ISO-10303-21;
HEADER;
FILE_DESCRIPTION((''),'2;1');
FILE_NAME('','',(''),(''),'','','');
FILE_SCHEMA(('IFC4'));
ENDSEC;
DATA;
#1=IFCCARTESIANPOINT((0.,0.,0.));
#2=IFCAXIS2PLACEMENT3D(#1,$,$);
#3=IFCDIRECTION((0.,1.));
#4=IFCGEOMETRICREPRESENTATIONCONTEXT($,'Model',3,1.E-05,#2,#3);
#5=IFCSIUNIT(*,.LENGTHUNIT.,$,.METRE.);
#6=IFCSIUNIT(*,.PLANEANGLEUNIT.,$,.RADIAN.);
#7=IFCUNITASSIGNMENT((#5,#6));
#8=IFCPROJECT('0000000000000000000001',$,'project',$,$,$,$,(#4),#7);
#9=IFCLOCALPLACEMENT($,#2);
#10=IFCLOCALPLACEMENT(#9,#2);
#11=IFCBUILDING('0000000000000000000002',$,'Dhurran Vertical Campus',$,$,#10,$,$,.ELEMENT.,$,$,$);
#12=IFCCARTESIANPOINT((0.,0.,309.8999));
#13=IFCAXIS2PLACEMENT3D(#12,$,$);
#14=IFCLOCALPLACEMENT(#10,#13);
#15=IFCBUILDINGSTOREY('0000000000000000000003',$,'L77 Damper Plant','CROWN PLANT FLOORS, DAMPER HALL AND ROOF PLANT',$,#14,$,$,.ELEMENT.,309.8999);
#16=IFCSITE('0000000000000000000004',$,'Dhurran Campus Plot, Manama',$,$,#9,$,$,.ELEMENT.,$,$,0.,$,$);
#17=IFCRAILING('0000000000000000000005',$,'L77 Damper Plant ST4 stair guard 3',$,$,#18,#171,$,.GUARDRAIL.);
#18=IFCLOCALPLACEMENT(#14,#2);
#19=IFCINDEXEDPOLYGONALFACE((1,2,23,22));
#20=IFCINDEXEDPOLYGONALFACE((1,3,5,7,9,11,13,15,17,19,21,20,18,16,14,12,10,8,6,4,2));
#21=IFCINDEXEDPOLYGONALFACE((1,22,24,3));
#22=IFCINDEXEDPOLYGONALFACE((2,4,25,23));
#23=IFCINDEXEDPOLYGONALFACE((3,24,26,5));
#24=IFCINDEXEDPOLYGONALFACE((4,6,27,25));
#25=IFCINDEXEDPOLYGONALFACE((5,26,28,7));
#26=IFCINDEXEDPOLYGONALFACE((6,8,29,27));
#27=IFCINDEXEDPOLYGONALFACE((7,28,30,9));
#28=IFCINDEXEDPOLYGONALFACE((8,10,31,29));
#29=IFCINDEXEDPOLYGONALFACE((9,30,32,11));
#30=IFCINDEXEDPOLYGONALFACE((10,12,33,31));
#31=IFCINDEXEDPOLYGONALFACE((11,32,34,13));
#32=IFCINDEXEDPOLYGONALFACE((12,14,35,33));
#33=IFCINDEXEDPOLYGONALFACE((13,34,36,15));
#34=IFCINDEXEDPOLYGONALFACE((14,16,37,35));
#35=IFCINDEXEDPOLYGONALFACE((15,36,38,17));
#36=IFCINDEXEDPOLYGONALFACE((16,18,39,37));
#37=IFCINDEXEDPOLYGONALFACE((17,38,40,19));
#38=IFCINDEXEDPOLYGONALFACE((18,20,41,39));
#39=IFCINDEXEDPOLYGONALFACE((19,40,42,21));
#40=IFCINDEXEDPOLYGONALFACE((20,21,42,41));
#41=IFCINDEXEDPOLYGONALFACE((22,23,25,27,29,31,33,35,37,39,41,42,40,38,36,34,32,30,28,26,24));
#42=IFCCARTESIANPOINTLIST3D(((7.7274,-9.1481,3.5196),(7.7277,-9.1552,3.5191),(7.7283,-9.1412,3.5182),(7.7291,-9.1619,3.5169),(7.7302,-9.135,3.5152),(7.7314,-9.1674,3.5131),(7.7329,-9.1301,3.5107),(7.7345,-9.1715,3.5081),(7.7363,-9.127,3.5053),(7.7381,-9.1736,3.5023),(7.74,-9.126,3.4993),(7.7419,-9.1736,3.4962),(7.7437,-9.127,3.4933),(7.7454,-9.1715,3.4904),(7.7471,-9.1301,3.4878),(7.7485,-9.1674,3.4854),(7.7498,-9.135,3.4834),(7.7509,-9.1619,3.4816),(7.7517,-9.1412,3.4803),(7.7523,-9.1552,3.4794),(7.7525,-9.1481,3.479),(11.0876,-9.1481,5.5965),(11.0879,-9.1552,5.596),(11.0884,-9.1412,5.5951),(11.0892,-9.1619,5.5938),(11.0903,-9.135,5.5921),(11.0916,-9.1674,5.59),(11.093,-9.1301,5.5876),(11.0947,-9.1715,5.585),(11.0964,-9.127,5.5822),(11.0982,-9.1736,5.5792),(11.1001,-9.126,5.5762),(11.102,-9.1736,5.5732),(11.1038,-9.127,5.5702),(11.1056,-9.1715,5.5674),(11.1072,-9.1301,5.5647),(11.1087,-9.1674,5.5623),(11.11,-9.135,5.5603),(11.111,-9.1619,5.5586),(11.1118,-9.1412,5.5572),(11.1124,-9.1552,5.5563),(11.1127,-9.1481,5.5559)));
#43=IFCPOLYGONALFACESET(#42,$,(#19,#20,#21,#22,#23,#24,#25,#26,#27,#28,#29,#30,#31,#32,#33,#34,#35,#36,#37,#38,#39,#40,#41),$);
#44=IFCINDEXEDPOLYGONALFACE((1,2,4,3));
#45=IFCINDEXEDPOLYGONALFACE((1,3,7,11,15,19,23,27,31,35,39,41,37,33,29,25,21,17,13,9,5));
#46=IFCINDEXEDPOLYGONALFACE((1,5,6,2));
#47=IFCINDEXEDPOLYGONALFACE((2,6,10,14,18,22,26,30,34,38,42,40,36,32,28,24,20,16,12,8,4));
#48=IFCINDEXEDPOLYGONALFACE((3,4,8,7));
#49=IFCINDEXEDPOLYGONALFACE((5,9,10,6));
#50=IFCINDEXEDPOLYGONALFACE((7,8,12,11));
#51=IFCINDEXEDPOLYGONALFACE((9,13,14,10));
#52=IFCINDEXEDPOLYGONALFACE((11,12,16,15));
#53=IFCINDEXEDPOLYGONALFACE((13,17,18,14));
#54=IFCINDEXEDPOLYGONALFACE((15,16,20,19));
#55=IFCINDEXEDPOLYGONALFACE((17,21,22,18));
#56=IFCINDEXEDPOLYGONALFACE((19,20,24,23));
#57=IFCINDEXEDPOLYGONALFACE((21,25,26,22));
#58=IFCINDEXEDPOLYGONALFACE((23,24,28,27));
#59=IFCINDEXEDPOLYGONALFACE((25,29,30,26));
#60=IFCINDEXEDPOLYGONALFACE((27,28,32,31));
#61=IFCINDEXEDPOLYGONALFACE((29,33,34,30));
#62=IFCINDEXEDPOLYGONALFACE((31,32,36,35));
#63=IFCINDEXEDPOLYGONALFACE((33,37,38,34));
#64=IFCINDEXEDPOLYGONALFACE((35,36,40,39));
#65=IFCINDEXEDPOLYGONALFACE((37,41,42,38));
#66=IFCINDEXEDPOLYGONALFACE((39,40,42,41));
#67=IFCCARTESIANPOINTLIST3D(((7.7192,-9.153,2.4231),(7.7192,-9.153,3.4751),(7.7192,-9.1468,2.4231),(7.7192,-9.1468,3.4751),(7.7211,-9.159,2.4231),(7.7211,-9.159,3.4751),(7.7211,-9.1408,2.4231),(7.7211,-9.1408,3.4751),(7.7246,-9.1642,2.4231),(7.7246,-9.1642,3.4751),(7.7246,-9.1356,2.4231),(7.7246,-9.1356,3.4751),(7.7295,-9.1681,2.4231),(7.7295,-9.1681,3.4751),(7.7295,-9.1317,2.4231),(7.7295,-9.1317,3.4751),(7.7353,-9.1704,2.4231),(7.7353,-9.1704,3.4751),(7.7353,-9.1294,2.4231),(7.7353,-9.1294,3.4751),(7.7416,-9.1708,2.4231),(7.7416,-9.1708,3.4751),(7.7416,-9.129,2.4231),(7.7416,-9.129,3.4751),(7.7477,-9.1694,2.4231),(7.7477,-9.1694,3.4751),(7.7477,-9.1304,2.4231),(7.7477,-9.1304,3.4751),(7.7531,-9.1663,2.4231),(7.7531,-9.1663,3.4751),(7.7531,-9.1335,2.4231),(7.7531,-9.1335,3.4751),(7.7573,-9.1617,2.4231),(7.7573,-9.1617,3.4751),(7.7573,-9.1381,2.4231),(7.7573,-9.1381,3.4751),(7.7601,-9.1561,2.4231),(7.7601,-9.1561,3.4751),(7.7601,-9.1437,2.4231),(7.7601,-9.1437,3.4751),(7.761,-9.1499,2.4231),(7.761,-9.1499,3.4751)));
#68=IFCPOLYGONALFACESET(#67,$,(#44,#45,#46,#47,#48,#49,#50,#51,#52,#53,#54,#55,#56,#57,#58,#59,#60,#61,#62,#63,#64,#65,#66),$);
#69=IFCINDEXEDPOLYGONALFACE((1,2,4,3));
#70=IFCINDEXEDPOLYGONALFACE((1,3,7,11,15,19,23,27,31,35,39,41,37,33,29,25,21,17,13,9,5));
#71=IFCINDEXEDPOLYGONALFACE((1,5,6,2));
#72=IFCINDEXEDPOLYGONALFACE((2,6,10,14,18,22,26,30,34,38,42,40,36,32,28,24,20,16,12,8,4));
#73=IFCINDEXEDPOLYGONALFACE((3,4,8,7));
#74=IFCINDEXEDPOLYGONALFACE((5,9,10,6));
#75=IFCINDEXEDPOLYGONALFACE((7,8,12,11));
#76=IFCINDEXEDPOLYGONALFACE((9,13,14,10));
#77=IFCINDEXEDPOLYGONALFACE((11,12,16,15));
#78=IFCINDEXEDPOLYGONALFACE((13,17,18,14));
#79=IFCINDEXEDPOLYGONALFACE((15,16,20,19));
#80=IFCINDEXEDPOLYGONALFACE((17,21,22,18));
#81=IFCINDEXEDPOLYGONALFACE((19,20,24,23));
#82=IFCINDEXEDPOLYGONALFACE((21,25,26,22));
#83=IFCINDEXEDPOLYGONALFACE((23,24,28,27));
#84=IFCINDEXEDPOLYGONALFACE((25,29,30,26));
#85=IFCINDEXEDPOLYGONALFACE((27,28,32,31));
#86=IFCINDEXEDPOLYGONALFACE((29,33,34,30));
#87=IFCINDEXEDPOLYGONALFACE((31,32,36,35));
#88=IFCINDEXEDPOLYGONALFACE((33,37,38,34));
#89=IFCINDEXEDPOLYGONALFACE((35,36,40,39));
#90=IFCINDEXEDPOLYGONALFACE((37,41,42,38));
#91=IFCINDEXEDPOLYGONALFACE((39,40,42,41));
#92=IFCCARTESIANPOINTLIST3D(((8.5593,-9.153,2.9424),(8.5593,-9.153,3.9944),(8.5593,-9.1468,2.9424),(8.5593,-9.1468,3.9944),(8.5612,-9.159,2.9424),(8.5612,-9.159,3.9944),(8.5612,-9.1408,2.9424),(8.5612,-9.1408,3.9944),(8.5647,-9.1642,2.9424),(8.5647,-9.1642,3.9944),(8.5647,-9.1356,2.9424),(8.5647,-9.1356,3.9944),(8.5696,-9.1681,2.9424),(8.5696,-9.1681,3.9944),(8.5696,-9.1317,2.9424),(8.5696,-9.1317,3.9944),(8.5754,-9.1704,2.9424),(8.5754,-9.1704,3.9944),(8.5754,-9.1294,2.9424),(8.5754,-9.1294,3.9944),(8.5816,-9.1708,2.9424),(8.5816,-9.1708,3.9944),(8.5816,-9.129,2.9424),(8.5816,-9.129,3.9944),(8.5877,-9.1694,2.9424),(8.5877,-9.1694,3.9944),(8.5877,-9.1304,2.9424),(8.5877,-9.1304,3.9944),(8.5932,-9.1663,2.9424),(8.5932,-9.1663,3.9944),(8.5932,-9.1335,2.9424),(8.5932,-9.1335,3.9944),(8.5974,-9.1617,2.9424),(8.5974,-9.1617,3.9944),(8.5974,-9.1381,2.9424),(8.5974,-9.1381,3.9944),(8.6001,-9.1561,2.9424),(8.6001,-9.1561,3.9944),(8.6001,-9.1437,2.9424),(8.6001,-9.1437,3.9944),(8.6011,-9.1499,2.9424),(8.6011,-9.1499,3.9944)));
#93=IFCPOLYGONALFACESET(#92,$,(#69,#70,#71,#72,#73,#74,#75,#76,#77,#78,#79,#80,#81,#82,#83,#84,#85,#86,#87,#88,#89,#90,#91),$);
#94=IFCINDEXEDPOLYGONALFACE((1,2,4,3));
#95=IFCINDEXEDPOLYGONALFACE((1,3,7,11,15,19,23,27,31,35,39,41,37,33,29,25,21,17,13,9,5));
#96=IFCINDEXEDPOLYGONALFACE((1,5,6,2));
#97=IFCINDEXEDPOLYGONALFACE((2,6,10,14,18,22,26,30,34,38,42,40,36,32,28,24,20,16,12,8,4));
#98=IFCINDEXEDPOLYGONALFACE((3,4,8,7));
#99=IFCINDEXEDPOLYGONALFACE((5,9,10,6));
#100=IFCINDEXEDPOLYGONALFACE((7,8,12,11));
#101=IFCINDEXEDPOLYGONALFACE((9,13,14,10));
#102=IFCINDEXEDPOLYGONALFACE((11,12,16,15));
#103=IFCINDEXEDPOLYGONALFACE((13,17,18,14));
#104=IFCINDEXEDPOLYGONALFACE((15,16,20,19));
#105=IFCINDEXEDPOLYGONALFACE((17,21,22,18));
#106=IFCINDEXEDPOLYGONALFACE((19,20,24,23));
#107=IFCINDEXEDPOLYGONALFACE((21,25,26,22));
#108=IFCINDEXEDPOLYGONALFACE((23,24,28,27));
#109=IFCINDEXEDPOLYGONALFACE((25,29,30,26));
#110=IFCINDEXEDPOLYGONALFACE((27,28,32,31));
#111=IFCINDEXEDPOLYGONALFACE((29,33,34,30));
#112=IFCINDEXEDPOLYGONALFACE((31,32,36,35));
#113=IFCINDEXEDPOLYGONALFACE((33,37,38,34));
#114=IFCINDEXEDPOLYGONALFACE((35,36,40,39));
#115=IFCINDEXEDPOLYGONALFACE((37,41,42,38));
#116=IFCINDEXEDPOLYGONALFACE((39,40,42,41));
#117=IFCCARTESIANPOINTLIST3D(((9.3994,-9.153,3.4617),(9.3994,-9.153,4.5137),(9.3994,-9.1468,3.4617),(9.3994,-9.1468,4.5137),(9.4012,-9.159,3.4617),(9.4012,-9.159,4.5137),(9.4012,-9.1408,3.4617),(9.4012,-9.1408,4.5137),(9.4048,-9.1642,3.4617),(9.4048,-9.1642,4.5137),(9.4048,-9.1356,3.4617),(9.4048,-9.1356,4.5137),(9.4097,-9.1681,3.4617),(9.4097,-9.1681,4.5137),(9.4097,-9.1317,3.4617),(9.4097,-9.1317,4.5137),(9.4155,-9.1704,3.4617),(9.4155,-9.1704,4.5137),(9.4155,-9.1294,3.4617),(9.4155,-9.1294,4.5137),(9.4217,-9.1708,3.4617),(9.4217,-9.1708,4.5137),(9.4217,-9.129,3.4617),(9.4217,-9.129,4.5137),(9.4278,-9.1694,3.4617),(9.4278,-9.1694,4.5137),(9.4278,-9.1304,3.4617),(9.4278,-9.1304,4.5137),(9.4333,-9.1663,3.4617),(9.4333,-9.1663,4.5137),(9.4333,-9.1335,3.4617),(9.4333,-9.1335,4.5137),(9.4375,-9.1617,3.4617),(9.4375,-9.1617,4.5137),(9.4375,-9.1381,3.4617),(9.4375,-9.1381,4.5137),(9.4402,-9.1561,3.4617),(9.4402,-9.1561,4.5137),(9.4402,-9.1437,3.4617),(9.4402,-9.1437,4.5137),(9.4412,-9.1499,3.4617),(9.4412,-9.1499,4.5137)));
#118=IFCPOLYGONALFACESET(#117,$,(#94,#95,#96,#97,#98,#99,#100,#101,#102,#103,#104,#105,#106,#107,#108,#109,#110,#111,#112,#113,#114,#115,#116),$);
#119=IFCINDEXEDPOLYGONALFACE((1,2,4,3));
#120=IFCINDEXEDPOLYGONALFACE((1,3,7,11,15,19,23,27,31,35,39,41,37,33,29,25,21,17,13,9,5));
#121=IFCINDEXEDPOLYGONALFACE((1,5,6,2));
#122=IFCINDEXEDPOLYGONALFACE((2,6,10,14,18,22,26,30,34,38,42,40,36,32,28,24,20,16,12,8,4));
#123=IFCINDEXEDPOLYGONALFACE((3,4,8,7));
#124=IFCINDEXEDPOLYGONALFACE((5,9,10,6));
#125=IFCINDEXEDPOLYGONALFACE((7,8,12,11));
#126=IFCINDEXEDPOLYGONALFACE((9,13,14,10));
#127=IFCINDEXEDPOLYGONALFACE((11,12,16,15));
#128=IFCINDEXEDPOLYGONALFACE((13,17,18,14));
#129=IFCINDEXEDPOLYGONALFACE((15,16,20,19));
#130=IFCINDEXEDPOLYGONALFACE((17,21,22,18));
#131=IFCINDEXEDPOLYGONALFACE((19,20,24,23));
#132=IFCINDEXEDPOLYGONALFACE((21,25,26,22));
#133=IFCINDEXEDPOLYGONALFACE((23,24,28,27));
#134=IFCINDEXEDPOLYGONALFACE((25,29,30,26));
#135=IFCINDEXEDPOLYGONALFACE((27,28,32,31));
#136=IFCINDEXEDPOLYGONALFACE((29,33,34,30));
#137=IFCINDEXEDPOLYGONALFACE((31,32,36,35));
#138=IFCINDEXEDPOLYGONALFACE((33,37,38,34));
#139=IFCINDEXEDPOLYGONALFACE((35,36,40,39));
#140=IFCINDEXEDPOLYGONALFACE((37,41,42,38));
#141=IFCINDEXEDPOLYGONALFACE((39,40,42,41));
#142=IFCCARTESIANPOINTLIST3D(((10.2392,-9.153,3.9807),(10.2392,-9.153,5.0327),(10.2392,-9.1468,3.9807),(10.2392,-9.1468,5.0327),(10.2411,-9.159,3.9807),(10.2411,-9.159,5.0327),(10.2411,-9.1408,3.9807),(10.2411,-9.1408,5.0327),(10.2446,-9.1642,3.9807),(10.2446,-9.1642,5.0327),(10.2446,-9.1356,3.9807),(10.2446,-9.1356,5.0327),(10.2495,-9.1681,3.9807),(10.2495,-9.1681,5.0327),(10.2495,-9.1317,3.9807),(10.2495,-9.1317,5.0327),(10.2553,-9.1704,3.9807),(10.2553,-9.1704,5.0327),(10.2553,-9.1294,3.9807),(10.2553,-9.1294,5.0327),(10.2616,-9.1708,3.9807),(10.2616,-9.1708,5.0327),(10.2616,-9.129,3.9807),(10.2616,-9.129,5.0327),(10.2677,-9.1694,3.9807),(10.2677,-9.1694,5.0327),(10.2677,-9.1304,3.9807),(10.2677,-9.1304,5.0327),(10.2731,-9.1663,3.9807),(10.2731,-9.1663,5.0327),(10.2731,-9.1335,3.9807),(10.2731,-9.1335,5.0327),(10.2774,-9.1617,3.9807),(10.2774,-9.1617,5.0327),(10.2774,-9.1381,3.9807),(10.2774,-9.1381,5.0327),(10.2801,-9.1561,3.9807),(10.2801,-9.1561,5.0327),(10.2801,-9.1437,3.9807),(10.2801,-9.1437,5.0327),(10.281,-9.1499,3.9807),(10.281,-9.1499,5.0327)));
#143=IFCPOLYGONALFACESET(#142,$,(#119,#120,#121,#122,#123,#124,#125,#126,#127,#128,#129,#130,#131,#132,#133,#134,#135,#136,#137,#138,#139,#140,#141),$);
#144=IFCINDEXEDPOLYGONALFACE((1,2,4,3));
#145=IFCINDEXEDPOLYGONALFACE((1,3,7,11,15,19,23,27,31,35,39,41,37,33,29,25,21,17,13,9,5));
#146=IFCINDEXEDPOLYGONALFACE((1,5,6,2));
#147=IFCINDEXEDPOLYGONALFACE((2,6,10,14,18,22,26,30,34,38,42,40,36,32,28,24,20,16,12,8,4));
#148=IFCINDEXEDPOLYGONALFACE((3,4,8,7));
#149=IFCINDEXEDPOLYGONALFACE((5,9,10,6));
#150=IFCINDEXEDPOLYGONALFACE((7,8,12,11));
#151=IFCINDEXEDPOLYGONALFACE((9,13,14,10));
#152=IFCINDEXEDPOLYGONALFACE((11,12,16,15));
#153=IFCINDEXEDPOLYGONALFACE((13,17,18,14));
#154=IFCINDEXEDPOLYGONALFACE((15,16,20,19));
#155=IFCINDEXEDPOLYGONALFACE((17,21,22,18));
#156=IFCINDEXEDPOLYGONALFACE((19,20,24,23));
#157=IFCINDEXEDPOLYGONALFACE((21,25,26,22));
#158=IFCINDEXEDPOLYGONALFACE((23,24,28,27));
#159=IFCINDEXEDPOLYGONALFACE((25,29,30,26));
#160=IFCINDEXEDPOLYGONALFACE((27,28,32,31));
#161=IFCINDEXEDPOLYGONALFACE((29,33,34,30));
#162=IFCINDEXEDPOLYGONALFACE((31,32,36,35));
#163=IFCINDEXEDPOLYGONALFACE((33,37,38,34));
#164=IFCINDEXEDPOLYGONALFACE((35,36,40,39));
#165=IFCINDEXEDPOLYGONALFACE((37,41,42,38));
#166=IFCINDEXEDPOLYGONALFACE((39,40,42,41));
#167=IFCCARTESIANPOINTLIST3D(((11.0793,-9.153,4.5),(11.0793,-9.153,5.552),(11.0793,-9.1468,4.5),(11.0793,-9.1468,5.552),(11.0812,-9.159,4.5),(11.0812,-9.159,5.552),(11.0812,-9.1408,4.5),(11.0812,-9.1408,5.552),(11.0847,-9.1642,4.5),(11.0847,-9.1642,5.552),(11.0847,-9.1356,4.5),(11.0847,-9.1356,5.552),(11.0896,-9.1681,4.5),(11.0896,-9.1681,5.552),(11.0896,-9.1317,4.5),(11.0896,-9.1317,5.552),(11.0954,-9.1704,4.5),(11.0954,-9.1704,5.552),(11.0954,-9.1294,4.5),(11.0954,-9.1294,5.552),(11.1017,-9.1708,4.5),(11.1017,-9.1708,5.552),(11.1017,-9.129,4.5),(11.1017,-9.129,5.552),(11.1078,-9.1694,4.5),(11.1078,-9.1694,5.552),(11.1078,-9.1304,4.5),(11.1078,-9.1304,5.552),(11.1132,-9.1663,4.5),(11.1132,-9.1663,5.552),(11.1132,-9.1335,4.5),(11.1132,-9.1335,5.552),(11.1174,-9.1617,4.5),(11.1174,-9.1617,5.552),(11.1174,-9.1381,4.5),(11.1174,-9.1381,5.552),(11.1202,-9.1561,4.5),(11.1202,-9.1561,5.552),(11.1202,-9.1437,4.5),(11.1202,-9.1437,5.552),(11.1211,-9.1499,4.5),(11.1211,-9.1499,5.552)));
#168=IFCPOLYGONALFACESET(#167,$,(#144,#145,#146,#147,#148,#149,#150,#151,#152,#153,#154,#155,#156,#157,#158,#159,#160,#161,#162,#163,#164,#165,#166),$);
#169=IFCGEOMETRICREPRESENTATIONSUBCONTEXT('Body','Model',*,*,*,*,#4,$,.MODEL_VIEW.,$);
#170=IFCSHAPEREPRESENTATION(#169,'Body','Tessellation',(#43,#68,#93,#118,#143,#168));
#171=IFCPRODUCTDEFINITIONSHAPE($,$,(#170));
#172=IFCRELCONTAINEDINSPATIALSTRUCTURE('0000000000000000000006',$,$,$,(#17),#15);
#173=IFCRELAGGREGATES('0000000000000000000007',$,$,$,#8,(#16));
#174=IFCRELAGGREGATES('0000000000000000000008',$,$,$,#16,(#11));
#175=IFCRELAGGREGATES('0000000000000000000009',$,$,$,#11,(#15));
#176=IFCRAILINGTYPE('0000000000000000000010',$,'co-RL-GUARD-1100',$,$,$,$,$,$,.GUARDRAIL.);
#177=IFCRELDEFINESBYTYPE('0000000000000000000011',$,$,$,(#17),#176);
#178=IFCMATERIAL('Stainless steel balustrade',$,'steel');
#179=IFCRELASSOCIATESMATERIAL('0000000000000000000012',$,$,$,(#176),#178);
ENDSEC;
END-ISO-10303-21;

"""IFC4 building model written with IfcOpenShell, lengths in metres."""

from ifc_helpers import new_model, si_unit, direction, frame, origin, origin_2d, place, context, subcontext, project, spatial, circle, extrude, material, type_object, element, save


model = new_model("IFC4")

# Units and contexts
model_context = context("Model", 3, precision=1e-05, world=origin(), true_north=direction((0.0, 1.0)))
body_context = subcontext(model_context, "Body", "Model", "MODEL_VIEW")
ifc_project = project(units=[si_unit("LENGTHUNIT", "METRE"), si_unit("PLANEANGLEUNIT", "RADIAN")], contexts=[model_context])

# Site, building, storey
site_placement = place(None, origin())
site = spatial("IfcSite", under=ifc_project, at=site_placement, Name="Dhurran Campus Plot, Manama", CompositionType="ELEMENT", RefElevation=0.0)
building_placement = place(site_placement, origin())
building = spatial("IfcBuilding", under=site, at=building_placement, Name="Dhurran Vertical Campus", CompositionType="ELEMENT")
storey_placement = place(building_placement, frame((0.0, 0.0, 309.8999)))
storey = spatial("IfcBuildingStorey", under=building, at=storey_placement, Name="L77 Damper Plant", Description="CROWN PLANT FLOORS, DAMPER HALL AND ROOF PLANT", CompositionType="ELEMENT", Elevation=309.8999)

# Railing
ifc_material_1 = material(Name="Stainless steel balustrade", Category="steel")
railing_type_1 = type_object("IfcRailingType", Name="co-RL-GUARD-1100", PredefinedType="GUARDRAIL", material=ifc_material_1)
railing_placement = place(storey_placement, frame((7.74, -9.1499, 2.4231)))
element("IfcRailing", 1, at=railing_placement, inside=storey, type_object=railing_type_1, Name="L77 Damper Plant ST4 stair guard 3", PredefinedType="GUARDRAIL", context=body_context, shape_type="SweptSolid", body=[
    extrude(circle(Radius=0.0239, at=origin_2d()), frame((0.0, 0.0, 1.0762), z_axis=(0.850623, 0.0, 0.525776), x_axis=(0.0, 1.0, 0.0)), (0.0, 0.0, 1.0), 3.9502),
    extrude(circle(Radius=0.021, at=origin_2d()), origin(), (0.0, 0.0, 1.0), 1.052),
    extrude(circle(Radius=0.021, at=origin_2d()), frame((0.8401, 0.0, 0.5193)), (0.0, 0.0, 1.0), 1.052),
    extrude(circle(Radius=0.021, at=origin_2d()), frame((1.6802, 0.0, 1.0386)), (0.0, 0.0, 1.0), 1.052),
    extrude(circle(Radius=0.021, at=origin_2d()), frame((2.52, 0.0, 1.5576)), (0.0, 0.0, 1.0), 1.052),
    extrude(circle(Radius=0.021, at=origin_2d()), frame((3.3601, 0.0, 2.0769)), (0.0, 0.0, 1.0), 1.052),
])

save(model, "model.ifc")
